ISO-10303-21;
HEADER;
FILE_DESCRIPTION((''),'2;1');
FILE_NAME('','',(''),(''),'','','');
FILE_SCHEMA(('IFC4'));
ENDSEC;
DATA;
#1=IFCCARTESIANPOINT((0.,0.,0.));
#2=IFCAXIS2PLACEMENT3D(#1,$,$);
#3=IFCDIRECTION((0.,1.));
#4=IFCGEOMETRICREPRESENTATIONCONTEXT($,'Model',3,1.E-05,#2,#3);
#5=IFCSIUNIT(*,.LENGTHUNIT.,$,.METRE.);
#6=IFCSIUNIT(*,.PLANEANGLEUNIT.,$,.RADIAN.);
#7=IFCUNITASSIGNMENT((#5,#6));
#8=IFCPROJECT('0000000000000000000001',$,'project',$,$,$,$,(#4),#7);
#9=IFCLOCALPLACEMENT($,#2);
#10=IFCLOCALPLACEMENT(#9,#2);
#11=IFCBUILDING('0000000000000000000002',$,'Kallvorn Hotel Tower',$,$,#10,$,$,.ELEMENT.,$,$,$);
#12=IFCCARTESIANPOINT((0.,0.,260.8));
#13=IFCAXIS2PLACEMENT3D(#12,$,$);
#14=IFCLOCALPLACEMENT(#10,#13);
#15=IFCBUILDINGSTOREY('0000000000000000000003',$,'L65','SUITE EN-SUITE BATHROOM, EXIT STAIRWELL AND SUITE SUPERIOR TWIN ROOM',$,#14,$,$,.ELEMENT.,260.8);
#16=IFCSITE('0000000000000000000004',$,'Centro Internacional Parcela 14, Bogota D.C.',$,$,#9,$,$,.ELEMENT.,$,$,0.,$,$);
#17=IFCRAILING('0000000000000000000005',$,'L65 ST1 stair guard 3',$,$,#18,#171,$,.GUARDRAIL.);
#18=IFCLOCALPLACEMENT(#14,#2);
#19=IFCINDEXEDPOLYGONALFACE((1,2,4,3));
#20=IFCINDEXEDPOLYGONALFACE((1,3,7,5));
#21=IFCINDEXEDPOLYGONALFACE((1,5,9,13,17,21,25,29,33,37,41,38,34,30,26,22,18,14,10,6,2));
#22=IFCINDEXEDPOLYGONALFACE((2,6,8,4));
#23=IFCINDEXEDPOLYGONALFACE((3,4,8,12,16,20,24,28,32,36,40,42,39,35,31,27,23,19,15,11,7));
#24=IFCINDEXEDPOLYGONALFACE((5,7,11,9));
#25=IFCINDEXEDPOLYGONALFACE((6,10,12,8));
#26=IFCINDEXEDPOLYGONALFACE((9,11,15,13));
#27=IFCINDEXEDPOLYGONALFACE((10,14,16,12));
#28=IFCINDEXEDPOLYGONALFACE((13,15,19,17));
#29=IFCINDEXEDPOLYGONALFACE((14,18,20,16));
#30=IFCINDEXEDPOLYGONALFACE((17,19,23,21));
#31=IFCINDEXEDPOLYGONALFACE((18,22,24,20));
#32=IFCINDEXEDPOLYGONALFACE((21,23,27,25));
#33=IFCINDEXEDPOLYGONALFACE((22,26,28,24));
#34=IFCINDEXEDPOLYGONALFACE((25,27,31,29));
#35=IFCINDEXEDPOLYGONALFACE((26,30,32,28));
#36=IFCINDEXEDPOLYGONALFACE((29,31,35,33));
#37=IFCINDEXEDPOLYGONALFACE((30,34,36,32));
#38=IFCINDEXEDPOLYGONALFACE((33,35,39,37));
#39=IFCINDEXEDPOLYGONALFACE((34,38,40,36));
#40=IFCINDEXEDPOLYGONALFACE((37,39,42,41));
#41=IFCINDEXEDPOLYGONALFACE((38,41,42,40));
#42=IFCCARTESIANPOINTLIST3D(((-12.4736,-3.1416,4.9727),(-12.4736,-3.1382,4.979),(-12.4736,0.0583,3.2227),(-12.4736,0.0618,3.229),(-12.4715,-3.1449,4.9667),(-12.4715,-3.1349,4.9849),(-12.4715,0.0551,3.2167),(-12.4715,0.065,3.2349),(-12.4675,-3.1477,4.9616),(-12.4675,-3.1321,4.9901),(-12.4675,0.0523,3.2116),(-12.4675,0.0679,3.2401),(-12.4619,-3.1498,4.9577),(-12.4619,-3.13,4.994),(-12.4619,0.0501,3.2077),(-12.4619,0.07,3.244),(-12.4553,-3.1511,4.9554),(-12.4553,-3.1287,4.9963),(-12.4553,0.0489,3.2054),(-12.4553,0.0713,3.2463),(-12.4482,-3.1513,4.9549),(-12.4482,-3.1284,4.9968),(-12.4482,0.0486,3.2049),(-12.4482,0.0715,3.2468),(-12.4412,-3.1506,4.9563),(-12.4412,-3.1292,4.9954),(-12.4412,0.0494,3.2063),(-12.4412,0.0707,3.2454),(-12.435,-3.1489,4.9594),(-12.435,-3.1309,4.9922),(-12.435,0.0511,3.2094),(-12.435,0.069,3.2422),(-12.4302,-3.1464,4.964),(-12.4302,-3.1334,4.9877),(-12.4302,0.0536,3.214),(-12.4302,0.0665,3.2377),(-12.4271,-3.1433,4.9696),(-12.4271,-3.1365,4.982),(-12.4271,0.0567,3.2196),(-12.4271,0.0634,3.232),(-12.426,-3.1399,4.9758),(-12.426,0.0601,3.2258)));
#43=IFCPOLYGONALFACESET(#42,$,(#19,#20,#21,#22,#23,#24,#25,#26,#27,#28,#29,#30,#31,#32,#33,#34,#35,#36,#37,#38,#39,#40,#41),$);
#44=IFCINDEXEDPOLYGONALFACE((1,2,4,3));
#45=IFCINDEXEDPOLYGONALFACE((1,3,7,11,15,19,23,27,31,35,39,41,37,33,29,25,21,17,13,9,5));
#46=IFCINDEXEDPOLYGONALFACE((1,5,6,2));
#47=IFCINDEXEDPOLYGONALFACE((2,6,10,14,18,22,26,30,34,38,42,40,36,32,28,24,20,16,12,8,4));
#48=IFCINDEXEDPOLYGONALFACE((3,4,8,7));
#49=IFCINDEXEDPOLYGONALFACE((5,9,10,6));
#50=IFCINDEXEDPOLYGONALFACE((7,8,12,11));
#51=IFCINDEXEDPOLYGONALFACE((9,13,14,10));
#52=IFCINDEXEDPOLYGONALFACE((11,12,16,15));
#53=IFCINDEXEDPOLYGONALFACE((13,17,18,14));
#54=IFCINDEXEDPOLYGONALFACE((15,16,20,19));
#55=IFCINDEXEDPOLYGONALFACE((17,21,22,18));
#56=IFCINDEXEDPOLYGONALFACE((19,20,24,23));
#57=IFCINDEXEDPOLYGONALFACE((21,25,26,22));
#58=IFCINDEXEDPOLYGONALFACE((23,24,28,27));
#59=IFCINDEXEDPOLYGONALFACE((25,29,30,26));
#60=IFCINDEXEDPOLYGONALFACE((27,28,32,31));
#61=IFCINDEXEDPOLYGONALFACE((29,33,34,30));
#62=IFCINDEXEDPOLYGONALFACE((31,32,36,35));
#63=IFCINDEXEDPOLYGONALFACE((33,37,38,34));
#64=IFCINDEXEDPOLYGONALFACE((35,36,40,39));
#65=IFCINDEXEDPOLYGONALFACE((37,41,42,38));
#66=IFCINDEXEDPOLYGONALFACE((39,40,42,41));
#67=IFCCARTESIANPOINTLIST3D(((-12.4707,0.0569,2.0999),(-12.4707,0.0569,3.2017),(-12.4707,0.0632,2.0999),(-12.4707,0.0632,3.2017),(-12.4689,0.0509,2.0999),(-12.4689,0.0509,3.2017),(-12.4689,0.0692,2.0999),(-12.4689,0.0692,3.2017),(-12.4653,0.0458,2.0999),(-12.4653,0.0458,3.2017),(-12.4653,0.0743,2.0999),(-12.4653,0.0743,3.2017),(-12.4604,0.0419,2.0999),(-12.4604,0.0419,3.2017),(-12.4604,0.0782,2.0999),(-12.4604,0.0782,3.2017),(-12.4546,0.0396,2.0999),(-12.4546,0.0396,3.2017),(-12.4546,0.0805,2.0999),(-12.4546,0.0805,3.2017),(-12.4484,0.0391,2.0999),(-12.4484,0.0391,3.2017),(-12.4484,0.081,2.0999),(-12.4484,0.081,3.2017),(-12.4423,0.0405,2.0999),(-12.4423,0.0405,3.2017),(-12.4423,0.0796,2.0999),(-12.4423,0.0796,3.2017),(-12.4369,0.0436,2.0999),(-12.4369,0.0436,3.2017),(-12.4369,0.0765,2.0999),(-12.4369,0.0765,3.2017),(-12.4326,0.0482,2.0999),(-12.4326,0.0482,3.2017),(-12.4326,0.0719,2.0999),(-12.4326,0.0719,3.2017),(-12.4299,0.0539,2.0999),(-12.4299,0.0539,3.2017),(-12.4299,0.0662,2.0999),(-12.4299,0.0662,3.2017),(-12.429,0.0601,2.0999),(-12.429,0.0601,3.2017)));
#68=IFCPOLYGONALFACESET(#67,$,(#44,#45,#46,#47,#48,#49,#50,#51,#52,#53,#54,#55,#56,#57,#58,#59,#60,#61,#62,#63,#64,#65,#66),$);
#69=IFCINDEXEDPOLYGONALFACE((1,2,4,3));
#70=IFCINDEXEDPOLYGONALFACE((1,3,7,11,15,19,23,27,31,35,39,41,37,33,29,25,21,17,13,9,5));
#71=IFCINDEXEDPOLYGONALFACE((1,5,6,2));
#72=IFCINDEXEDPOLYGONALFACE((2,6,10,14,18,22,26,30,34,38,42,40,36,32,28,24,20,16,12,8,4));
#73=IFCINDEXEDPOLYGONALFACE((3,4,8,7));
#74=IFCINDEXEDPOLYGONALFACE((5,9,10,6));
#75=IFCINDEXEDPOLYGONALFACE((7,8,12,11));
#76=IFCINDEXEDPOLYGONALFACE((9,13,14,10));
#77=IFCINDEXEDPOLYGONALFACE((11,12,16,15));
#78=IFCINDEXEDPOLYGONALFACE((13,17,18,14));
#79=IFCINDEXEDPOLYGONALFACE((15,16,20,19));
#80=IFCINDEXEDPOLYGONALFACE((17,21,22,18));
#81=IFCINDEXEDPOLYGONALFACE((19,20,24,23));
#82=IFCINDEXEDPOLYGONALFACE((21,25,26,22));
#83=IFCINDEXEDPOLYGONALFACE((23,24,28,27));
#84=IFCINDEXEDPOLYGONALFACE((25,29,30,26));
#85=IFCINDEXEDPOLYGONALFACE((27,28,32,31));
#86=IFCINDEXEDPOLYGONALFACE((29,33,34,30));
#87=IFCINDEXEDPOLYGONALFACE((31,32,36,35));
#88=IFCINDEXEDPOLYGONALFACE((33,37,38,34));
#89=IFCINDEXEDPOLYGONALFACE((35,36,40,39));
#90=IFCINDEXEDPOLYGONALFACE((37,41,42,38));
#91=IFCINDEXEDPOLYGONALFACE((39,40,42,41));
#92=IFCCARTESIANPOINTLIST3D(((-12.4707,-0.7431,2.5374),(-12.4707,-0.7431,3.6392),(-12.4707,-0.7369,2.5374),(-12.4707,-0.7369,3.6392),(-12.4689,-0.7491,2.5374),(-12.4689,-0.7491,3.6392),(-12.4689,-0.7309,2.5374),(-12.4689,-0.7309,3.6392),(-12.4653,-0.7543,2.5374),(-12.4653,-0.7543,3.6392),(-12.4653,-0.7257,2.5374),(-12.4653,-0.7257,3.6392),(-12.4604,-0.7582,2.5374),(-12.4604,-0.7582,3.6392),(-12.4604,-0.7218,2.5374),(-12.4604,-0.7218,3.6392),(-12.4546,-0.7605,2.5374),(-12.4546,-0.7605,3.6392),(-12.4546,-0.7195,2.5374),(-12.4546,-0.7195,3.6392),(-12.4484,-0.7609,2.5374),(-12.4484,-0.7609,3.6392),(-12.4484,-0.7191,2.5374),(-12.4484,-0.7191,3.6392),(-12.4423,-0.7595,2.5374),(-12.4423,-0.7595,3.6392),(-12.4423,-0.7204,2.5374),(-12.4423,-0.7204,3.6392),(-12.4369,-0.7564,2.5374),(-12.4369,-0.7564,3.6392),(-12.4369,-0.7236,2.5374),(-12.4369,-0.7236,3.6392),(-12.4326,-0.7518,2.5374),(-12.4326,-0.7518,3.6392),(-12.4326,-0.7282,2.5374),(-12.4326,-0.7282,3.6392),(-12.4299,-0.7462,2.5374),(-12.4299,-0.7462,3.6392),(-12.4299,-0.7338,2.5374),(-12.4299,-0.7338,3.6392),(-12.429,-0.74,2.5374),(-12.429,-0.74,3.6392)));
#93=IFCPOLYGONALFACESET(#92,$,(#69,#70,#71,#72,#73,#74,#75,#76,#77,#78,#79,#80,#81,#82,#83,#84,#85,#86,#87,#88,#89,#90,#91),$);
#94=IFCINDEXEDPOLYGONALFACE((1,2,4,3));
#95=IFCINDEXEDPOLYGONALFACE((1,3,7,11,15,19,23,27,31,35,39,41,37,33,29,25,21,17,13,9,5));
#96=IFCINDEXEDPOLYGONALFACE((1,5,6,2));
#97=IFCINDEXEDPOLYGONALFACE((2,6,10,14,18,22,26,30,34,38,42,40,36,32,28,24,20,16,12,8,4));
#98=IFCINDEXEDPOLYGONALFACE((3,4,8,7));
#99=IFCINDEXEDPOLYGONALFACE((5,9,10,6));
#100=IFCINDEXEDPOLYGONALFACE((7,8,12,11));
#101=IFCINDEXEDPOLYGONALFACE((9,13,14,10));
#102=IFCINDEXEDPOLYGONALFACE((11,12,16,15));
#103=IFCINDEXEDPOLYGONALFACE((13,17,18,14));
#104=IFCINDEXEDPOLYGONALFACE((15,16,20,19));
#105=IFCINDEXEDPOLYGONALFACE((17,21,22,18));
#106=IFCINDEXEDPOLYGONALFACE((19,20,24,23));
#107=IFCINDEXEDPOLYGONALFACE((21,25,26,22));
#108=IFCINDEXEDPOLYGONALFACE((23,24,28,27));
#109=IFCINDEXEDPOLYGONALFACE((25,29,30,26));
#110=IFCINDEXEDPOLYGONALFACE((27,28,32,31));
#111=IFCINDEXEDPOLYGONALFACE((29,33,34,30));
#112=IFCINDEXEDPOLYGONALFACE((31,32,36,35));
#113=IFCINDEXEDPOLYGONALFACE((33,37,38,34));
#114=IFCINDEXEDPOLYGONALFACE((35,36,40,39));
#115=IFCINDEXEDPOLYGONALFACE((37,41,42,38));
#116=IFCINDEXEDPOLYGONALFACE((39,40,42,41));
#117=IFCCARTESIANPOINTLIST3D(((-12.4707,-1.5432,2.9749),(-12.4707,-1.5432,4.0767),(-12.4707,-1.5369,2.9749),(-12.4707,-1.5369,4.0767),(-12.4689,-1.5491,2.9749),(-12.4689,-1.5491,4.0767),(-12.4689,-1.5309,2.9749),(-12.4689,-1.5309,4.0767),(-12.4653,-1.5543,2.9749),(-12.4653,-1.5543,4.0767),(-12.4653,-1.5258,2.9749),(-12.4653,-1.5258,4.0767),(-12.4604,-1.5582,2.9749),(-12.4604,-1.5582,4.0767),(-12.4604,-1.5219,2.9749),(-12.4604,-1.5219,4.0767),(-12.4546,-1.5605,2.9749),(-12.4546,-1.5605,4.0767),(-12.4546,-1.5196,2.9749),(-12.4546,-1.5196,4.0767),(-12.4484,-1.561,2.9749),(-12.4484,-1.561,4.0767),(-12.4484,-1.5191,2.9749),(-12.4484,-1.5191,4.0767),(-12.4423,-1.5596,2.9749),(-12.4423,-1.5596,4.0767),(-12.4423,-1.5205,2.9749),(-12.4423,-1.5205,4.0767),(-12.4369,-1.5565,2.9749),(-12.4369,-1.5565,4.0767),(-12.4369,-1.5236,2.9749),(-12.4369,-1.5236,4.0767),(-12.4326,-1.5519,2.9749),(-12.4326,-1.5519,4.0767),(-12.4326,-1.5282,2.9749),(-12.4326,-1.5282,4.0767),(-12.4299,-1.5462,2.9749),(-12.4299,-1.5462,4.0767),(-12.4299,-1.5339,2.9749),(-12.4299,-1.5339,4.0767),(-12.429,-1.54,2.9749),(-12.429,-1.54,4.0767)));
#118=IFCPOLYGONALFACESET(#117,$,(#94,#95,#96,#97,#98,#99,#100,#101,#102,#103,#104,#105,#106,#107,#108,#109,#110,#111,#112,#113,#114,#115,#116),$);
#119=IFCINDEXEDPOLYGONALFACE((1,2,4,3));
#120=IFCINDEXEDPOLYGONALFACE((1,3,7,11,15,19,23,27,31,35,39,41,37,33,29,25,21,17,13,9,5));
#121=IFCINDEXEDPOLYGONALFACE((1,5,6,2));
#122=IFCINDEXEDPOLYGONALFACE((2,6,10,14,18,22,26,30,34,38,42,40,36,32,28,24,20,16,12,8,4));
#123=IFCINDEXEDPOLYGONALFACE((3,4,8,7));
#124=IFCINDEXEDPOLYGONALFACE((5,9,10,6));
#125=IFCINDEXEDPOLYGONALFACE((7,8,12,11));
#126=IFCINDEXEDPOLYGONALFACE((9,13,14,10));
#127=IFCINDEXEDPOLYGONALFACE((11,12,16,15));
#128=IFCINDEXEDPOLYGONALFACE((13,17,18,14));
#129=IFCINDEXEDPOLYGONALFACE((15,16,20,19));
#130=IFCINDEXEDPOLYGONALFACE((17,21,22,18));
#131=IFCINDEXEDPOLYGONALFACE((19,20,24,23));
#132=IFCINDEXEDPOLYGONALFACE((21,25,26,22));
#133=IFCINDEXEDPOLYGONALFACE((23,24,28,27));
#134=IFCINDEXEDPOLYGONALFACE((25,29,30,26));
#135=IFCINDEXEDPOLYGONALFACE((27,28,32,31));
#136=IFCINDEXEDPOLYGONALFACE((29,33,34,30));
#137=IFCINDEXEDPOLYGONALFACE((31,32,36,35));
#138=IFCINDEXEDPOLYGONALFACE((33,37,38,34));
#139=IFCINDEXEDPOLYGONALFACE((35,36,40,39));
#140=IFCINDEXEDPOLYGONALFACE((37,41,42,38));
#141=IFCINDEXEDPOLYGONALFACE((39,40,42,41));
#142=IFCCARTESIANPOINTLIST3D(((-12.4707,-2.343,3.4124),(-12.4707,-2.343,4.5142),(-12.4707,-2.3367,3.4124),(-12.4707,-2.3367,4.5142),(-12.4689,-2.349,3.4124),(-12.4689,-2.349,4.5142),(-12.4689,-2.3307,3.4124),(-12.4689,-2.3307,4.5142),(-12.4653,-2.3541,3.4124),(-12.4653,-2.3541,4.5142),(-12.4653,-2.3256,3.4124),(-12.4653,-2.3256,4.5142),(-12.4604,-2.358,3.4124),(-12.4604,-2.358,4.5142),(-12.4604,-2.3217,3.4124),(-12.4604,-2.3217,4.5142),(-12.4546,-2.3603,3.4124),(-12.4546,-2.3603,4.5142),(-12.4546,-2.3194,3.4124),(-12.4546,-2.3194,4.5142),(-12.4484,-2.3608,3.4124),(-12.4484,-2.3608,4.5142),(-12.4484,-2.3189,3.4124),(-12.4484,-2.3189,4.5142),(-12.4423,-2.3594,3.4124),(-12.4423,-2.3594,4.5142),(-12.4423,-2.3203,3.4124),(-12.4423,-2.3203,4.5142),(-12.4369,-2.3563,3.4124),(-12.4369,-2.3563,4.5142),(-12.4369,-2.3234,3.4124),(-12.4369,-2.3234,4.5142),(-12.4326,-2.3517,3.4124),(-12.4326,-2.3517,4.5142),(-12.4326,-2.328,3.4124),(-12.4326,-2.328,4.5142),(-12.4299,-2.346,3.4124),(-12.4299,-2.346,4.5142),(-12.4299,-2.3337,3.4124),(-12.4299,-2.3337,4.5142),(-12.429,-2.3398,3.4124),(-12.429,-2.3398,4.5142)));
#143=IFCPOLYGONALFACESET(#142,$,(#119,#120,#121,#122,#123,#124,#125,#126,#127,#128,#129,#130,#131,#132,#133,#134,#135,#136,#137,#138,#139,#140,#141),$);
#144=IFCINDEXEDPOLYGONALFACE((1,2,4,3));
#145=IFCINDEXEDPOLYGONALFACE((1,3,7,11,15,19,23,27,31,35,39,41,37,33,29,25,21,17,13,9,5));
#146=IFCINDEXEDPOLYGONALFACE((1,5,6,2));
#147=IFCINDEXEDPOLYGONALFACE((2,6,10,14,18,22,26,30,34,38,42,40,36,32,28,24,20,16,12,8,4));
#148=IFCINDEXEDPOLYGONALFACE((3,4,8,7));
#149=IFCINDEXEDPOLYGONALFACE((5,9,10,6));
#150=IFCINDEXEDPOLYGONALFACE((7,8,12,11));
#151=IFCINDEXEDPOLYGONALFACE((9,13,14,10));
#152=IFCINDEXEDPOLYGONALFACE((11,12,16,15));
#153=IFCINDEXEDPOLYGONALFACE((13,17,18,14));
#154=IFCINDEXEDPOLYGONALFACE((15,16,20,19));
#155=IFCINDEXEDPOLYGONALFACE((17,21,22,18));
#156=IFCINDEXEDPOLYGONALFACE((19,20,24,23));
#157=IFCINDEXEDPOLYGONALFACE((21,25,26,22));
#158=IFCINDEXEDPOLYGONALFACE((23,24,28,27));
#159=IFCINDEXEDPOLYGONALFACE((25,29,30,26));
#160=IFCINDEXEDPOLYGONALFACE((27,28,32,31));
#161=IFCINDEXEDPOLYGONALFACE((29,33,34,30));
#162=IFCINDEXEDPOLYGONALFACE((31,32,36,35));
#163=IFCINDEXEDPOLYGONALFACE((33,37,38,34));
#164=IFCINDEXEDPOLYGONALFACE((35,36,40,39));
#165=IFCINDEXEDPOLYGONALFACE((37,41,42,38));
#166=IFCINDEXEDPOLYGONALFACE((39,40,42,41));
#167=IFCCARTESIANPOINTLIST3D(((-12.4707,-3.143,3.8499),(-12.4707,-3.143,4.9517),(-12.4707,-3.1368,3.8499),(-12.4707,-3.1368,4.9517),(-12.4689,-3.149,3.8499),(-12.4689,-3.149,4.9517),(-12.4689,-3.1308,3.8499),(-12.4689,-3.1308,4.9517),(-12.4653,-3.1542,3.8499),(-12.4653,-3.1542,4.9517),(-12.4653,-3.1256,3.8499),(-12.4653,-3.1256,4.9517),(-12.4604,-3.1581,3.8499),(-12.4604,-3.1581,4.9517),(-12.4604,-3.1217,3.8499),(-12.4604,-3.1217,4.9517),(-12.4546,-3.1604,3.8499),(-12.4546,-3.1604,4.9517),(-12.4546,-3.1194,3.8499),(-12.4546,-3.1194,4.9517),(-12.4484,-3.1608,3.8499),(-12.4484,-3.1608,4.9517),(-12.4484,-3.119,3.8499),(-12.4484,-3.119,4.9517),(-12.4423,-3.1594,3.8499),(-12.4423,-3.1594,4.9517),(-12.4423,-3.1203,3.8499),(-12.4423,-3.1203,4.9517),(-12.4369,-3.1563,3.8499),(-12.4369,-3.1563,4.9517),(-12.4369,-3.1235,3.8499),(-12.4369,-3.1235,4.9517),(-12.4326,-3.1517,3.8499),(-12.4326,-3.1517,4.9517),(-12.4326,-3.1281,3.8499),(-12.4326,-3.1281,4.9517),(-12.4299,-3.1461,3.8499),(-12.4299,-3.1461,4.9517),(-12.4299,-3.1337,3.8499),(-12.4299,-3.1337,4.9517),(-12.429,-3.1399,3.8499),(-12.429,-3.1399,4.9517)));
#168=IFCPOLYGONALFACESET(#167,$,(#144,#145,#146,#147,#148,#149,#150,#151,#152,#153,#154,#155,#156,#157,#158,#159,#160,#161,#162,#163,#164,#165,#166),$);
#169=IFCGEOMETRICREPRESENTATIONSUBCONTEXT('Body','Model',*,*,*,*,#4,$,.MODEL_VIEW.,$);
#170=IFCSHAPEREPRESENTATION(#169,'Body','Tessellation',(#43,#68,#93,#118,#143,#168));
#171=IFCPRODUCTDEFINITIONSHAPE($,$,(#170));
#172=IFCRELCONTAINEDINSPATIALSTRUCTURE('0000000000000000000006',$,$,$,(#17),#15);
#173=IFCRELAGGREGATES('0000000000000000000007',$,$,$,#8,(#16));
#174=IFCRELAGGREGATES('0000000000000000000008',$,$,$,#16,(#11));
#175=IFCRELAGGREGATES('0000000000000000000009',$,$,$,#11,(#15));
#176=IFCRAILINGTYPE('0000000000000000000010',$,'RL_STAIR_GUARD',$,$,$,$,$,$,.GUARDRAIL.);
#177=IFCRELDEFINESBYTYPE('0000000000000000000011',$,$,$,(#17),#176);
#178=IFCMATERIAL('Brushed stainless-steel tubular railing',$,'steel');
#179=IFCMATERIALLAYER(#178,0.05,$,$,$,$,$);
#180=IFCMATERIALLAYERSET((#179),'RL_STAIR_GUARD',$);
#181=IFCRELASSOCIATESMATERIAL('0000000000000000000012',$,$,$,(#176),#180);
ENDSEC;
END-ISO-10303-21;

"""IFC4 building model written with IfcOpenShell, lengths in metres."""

from ifc_helpers import new_model, si_unit, direction, frame, origin, origin_2d, place, context, subcontext, project, spatial, circle, extrude, material, layer, layer_set, type_object, element, save


model = new_model("IFC4")

# Units and contexts
model_context = context("Model", 3, precision=1e-05, world=origin(), true_north=direction((0.0, 1.0)))
body_context = subcontext(model_context, "Body", "Model", "MODEL_VIEW")
ifc_project = project(units=[si_unit("LENGTHUNIT", "METRE"), si_unit("PLANEANGLEUNIT", "RADIAN")], contexts=[model_context])

# Site, building, storey
site_placement = place(None, origin())
site = spatial("IfcSite", under=ifc_project, at=site_placement, Name="Centro Internacional Parcela 14, Bogota D.C.", CompositionType="ELEMENT", RefElevation=0.0)
building_placement = place(site_placement, origin())
building = spatial("IfcBuilding", under=site, at=building_placement, Name="Kallvorn Hotel Tower", CompositionType="ELEMENT")
storey_placement = place(building_placement, frame((0.0, 0.0, 260.8)))
storey = spatial("IfcBuildingStorey", under=building, at=storey_placement, Name="L65", Description="SUITE EN-SUITE BATHROOM, EXIT STAIRWELL AND SUITE SUPERIOR TWIN ROOM", CompositionType="ELEMENT", Elevation=260.8)

# Railing
ifc_material_1 = material(Name="Brushed stainless-steel tubular railing", Category="steel")
ifc_layer_1 = layer(ifc_material_1, 0.05)
ifc_layer_set_1 = layer_set([ifc_layer_1], Name="RL_STAIR_GUARD")
railing_type = type_object("IfcRailingType", Name="RL_STAIR_GUARD", PredefinedType="GUARDRAIL", material=ifc_layer_set_1)
railing_1_placement = place(storey_placement, frame((-12.45, 0.0601, 2.0999)))
element("IfcRailing", 1, at=railing_1_placement, inside=storey, type_object=railing_type, Name="L65 ST1 stair guard 3", PredefinedType="GUARDRAIL", context=body_context, shape_type="SweptSolid", body=[
    extrude(circle(Radius=0.0239, at=origin_2d()), frame((0.0, 0.0, 1.126), z_axis=(0.0, -0.877368, 0.479818), x_axis=(1.0, 0.0, 0.0)), (0.0, 0.0, 1.0), 3.6472),
    extrude(circle(Radius=0.021, at=origin_2d()), origin(), (0.0, 0.0, 1.0), 1.1018),
    extrude(circle(Radius=0.021, at=origin_2d()), frame((0.0, -0.8, 0.4375)), (0.0, 0.0, 1.0), 1.1018),
    extrude(circle(Radius=0.021, at=origin_2d()), frame((0.0, -1.6001, 0.875)), (0.0, 0.0, 1.0), 1.1018),
    extrude(circle(Radius=0.021, at=origin_2d()), frame((0.0, -2.3999, 1.3125)), (0.0, 0.0, 1.0), 1.1018),
    extrude(circle(Radius=0.021, at=origin_2d()), frame((0.0, -3.2, 1.75)), (0.0, 0.0, 1.0), 1.1018),
])

save(model, "model.ifc")
